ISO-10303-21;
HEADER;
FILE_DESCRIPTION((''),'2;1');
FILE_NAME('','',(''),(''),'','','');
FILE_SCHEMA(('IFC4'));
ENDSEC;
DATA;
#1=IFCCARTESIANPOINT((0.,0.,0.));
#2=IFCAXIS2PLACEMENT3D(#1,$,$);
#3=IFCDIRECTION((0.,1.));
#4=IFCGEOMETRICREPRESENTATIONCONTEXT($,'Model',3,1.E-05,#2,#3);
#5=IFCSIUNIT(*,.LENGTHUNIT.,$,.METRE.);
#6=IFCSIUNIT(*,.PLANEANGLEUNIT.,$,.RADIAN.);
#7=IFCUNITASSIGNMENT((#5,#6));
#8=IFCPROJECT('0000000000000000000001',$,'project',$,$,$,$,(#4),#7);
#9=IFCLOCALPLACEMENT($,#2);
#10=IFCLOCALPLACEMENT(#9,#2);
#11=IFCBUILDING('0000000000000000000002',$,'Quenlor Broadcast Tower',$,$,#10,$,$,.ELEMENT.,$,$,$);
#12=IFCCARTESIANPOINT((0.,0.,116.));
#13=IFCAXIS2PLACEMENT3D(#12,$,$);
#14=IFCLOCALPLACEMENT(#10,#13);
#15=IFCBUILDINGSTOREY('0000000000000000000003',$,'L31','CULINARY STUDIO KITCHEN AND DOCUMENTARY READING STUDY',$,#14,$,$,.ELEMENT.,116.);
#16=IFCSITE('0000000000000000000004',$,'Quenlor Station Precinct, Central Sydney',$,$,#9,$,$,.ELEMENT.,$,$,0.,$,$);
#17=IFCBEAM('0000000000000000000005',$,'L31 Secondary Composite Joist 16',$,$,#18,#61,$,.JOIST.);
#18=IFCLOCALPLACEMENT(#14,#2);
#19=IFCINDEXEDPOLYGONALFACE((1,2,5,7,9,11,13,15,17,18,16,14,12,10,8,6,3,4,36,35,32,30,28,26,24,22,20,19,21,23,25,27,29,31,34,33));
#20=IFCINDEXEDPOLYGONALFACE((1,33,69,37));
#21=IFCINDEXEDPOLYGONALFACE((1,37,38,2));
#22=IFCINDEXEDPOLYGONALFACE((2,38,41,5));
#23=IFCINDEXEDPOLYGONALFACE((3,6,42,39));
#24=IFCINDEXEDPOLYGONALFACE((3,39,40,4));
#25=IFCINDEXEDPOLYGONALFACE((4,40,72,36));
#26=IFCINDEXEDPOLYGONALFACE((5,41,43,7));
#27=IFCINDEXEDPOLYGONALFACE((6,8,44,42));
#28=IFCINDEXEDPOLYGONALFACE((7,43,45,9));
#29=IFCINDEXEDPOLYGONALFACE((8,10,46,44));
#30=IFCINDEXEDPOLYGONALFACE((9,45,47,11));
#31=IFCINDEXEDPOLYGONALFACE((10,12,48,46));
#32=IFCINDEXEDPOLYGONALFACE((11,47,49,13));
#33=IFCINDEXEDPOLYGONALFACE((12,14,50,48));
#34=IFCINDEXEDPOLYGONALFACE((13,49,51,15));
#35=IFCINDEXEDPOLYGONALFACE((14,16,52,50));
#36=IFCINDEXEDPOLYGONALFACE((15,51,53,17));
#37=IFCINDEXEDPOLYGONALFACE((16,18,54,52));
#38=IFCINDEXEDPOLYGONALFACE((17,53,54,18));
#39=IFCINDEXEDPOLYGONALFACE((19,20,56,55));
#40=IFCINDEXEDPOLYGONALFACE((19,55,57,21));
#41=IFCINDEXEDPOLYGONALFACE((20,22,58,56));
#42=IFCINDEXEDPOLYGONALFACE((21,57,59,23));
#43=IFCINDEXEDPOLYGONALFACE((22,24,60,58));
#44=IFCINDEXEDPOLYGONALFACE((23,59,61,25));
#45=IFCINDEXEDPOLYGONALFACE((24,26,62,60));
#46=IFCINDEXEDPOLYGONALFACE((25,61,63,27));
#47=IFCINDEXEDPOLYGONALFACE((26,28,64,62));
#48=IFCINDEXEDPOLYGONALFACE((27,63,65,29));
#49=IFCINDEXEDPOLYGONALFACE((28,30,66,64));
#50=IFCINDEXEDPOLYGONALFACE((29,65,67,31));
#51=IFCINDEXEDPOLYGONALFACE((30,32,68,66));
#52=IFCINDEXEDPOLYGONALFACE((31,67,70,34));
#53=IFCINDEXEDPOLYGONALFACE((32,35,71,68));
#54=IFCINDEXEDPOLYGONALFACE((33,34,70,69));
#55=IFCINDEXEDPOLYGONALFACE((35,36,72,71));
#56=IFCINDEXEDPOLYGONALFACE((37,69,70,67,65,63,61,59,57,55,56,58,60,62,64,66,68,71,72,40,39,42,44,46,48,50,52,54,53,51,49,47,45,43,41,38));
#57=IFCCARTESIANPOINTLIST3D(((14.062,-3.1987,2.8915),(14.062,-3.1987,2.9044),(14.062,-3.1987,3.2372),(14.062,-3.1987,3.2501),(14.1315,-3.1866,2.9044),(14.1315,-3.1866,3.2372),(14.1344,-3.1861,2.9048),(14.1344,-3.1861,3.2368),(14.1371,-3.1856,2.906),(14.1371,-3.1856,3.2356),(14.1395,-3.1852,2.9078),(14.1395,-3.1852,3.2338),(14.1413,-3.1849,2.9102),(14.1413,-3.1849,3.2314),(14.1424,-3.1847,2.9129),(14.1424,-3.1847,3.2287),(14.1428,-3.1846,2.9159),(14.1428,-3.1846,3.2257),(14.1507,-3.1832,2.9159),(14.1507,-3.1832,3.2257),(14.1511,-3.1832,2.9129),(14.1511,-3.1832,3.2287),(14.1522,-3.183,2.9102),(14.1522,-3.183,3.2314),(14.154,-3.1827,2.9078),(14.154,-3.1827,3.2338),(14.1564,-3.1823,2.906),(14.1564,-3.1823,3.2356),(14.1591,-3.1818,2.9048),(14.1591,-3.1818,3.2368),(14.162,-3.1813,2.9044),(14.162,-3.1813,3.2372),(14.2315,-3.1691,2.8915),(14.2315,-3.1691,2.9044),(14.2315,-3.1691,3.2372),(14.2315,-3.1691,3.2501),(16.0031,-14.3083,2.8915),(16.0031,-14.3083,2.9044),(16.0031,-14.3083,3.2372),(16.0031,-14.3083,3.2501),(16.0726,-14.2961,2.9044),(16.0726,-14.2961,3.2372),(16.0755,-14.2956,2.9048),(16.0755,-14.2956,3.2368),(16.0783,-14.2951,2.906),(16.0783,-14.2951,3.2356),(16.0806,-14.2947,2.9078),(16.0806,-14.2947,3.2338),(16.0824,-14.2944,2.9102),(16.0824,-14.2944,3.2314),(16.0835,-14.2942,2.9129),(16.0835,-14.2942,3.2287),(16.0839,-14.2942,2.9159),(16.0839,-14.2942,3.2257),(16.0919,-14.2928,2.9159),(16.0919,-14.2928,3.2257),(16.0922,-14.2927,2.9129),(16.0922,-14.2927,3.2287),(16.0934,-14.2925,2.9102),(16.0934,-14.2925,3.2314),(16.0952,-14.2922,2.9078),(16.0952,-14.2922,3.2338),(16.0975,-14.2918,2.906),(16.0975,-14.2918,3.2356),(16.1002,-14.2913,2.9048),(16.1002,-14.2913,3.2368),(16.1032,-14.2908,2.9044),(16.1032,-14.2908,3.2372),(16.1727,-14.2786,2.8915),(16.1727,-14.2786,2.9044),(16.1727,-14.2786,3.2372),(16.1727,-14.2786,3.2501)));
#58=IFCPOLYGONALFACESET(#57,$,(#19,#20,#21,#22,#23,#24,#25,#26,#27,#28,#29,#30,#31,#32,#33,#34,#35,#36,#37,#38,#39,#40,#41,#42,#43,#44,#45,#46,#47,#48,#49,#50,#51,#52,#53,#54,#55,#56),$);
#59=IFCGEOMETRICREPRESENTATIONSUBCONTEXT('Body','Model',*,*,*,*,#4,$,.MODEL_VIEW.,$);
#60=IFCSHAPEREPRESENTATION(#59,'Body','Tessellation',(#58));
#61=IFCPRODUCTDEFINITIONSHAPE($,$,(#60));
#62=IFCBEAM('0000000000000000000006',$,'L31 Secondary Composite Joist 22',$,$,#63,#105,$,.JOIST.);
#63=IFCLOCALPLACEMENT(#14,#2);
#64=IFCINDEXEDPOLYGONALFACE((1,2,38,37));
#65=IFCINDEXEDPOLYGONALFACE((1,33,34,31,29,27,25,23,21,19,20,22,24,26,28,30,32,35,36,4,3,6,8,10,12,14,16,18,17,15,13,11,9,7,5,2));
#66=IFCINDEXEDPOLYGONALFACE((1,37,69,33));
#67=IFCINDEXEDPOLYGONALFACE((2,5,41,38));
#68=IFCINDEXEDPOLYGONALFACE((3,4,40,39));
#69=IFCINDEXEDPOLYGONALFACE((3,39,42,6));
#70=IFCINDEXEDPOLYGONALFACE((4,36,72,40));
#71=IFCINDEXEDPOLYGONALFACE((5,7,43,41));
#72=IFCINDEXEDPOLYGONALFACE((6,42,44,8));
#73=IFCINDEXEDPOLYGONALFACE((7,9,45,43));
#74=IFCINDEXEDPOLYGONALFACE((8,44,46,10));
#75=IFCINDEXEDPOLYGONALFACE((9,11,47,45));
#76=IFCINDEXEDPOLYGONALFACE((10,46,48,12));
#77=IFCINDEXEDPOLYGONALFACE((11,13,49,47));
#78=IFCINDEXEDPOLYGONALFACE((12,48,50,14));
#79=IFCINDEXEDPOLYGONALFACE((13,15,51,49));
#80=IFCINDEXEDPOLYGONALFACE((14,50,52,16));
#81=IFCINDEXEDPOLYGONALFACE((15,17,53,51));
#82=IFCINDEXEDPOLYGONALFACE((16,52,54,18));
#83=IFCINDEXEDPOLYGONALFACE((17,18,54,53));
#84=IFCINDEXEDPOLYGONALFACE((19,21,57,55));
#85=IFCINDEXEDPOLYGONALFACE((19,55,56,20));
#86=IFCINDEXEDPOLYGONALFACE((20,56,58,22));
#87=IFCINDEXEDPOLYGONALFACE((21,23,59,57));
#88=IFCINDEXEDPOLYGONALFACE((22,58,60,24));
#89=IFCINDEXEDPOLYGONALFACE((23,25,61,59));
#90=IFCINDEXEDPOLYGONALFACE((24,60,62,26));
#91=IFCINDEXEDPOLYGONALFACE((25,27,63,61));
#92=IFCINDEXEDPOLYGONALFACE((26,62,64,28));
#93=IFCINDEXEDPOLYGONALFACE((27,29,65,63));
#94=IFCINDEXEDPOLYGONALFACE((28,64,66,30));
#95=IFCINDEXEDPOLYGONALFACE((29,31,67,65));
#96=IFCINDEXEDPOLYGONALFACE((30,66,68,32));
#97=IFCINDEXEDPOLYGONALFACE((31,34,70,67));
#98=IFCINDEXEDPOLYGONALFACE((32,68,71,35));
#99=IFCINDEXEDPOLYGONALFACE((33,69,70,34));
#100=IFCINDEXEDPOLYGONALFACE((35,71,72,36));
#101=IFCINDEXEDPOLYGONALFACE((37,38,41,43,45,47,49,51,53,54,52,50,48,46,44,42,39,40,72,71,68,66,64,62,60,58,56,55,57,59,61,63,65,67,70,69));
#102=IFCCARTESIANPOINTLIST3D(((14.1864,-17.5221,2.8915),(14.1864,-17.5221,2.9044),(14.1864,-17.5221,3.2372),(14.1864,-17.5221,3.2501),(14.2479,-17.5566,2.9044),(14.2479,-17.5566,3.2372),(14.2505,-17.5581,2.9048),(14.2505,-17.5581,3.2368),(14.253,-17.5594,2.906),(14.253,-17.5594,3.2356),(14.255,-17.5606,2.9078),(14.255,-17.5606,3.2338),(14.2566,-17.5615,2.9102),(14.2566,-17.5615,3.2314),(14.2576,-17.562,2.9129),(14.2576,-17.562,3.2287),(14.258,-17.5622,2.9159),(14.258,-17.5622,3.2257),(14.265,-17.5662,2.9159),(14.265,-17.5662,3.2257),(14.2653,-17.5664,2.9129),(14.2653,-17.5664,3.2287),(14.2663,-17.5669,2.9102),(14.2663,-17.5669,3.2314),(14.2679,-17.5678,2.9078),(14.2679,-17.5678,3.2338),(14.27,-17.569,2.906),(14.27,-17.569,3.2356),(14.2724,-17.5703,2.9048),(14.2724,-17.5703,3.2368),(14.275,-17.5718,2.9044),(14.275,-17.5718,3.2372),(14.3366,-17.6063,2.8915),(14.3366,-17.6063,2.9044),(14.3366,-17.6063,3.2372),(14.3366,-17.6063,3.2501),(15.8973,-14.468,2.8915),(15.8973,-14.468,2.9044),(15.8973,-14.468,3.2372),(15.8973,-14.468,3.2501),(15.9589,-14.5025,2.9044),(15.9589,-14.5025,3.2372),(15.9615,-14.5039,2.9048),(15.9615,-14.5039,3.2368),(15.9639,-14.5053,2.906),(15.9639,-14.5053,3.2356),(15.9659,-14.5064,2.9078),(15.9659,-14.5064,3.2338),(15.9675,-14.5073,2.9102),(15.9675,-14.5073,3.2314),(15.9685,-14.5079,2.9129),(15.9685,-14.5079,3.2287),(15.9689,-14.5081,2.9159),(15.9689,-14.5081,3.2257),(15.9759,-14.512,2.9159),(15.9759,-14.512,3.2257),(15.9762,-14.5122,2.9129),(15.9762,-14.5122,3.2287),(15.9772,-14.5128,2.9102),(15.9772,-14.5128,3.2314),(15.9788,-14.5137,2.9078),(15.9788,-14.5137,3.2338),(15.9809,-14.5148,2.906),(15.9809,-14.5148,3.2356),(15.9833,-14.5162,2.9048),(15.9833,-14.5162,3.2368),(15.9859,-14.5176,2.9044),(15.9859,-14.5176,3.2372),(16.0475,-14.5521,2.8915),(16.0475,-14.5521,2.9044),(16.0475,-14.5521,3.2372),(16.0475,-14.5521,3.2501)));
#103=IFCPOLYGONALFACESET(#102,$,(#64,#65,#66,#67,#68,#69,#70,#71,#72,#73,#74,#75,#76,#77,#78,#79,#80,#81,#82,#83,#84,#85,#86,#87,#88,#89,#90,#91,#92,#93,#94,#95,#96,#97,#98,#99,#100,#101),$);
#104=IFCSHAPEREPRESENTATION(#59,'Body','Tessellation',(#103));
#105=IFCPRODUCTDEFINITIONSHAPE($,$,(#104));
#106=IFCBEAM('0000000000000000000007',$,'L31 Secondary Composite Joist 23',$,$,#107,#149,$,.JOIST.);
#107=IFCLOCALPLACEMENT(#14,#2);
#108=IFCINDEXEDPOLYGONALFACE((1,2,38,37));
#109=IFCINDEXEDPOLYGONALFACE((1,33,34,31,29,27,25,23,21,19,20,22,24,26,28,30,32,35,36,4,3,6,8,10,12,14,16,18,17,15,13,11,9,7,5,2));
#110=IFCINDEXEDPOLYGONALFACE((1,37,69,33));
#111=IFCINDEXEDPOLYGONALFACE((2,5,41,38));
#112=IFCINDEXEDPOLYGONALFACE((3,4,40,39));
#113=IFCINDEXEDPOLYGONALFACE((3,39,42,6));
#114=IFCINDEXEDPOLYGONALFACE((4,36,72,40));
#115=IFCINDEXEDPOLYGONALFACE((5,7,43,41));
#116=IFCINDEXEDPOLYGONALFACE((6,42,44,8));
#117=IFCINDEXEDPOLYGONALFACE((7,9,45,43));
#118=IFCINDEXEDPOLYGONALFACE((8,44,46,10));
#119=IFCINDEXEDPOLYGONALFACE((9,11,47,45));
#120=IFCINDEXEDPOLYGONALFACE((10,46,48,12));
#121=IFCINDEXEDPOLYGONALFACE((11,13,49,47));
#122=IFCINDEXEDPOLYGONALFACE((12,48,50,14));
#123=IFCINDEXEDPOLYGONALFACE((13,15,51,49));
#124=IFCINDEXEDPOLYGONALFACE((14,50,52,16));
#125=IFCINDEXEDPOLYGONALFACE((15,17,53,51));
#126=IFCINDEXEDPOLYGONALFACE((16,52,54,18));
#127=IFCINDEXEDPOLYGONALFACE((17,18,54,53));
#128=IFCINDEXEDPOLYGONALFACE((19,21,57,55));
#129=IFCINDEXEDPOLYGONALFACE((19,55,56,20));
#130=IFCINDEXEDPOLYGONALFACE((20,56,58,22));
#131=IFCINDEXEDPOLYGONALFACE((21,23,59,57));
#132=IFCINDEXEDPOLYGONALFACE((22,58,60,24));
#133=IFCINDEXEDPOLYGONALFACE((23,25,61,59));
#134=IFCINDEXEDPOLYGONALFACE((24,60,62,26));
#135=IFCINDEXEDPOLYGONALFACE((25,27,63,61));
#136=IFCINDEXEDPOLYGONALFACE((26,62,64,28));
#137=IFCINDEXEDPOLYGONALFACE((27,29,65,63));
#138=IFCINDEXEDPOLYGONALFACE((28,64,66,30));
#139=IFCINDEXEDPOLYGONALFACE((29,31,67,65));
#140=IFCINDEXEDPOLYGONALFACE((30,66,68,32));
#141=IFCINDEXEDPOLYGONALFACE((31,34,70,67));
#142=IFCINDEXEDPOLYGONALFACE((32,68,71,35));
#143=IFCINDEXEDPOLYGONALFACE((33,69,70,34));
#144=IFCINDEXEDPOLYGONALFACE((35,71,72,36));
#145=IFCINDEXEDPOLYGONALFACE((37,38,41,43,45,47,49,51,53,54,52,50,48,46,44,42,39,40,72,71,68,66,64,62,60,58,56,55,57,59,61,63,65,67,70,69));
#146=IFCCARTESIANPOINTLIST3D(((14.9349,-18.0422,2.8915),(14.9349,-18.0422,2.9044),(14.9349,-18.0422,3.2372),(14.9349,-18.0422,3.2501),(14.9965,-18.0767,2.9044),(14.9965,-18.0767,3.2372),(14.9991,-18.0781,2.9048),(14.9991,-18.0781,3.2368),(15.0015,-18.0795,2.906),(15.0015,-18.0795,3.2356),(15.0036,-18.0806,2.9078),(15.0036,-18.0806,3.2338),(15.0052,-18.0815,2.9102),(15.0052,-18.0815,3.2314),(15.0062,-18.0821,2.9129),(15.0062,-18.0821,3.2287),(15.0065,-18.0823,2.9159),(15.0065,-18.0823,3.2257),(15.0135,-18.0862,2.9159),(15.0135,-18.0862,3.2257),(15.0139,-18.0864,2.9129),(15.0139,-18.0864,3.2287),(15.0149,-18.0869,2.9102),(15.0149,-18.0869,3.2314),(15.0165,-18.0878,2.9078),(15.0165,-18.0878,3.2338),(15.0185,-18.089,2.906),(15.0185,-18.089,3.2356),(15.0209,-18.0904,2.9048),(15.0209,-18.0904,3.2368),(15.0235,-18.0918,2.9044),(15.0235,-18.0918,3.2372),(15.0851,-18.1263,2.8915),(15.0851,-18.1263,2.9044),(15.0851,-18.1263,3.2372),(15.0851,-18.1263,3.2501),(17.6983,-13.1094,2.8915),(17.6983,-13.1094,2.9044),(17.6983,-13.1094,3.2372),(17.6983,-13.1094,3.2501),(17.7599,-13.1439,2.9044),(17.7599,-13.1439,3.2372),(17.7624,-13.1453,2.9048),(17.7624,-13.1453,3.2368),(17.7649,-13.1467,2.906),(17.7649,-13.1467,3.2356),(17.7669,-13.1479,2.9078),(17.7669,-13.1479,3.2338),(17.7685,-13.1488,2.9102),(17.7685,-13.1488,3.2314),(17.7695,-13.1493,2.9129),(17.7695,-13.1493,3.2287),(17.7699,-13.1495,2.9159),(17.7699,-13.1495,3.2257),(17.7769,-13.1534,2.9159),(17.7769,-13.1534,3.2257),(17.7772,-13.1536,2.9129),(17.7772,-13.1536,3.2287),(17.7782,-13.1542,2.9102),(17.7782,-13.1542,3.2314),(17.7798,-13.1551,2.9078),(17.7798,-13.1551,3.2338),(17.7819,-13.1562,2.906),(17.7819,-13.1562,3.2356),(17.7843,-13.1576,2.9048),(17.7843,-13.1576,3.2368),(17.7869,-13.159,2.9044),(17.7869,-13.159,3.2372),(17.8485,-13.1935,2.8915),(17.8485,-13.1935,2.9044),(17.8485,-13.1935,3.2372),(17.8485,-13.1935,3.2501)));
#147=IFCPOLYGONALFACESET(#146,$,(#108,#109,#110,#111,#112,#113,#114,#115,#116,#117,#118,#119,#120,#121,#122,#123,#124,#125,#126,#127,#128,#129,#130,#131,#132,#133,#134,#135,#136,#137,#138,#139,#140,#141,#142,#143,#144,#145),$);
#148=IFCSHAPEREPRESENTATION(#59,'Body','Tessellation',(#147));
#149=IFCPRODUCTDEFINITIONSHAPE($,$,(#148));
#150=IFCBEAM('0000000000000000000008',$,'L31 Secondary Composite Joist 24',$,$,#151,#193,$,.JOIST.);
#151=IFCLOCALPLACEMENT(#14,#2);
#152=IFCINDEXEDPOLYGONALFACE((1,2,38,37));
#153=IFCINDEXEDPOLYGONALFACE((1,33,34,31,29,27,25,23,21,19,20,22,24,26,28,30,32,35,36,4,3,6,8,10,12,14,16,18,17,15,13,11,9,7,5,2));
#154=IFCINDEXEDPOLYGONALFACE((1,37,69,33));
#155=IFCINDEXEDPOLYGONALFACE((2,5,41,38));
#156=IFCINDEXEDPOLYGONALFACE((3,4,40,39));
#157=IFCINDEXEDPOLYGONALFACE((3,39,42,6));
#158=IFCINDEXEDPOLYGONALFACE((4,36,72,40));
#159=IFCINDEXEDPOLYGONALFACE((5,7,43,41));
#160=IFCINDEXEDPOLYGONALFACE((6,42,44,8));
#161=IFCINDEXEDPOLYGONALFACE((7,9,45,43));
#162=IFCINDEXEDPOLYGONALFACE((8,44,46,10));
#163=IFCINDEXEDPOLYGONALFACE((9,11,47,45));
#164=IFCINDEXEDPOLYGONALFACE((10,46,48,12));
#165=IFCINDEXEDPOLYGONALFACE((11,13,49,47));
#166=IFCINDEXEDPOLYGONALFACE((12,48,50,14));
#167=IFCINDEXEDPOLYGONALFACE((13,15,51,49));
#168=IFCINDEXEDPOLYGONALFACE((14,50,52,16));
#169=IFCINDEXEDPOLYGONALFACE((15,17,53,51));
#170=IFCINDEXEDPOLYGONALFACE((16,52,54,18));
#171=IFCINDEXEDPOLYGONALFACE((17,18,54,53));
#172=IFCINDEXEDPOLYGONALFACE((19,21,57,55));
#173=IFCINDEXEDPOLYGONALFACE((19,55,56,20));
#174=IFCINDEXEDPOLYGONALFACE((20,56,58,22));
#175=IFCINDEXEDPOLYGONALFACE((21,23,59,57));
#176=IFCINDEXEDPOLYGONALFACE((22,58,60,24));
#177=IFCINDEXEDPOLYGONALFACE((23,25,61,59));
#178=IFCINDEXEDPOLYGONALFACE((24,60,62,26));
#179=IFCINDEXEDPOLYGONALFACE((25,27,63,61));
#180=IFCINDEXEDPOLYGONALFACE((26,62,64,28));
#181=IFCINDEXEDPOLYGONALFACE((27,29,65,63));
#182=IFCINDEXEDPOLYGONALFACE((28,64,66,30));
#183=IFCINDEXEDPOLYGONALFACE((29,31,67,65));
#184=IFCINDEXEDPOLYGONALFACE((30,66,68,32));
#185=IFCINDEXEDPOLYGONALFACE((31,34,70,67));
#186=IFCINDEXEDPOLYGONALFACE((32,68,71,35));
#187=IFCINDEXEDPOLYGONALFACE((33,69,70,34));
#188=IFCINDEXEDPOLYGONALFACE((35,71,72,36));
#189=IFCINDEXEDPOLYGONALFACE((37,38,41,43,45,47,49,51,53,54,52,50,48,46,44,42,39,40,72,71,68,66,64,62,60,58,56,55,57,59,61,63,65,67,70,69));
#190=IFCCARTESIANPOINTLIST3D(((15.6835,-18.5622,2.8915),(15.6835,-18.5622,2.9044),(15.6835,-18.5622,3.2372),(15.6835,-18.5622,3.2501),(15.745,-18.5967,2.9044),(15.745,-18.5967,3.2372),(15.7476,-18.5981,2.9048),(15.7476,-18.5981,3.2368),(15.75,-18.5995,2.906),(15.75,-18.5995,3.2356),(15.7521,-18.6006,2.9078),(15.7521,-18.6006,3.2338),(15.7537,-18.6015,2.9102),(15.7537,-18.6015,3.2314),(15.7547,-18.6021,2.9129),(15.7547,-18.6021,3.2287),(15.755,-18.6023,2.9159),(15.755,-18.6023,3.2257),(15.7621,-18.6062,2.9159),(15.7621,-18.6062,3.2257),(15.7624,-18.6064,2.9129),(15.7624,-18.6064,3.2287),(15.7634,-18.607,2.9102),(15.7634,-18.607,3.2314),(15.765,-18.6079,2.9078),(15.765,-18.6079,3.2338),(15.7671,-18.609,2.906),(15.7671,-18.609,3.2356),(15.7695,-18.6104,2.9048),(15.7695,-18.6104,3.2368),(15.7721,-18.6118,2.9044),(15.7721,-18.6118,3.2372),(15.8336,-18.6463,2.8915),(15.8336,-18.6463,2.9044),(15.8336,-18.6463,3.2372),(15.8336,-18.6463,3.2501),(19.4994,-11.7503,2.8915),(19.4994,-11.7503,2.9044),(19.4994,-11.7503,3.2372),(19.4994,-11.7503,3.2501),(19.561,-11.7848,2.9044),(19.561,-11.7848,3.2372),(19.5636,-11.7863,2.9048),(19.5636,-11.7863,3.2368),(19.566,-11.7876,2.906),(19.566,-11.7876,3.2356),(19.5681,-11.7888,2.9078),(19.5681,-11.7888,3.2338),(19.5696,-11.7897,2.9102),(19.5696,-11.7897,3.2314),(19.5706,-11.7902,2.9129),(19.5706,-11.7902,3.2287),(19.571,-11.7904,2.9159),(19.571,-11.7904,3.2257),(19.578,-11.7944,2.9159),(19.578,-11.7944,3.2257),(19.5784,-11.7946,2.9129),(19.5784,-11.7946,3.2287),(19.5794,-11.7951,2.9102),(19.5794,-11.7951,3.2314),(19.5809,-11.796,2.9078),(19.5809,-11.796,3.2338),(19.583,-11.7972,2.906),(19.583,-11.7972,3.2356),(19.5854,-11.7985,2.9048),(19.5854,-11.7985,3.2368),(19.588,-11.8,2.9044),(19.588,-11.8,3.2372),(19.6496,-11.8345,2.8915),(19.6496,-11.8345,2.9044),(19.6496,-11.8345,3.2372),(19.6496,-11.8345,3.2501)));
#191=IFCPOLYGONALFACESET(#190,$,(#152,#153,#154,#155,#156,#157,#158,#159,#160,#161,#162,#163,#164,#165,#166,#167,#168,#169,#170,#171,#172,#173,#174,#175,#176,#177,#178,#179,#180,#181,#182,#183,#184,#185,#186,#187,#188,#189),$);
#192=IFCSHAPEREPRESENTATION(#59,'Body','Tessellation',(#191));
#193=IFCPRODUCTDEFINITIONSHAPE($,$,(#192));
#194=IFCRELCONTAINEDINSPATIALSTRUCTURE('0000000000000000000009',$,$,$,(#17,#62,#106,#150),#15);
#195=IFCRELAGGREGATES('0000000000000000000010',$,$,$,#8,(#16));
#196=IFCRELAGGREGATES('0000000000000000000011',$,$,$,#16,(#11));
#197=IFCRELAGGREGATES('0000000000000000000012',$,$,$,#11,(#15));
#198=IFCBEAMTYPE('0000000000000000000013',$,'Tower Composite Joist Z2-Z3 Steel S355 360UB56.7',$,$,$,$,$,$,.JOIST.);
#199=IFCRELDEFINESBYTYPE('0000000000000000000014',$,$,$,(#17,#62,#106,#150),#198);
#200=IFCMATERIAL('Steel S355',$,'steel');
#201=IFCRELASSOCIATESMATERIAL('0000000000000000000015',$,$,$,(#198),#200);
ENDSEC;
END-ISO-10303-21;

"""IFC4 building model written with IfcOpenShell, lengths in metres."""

from ifc_helpers import new_model, si_unit, direction, frame, origin, origin_2d, place, context, subcontext, project, spatial, i_section, extrude, material, material_profile, profile_set, type_object, element, save


model = new_model("IFC4")

# Units and contexts
model_context = context("Model", 3, precision=1e-05, world=origin(), true_north=direction((0.0, 1.0)))
body_context = subcontext(model_context, "Body", "Model", "MODEL_VIEW")
ifc_project = project(units=[si_unit("LENGTHUNIT", "METRE"), si_unit("PLANEANGLEUNIT", "RADIAN")], contexts=[model_context])

# Site, building, storey
site_placement = place(None, origin())
site = spatial("IfcSite", under=ifc_project, at=site_placement, Name="Quenlor Station Precinct, Central Sydney", CompositionType="ELEMENT", RefElevation=0.0)
building_placement = place(site_placement, origin())
building = spatial("IfcBuilding", under=site, at=building_placement, Name="Quenlor Broadcast Tower", CompositionType="ELEMENT")
storey_placement = place(building_placement, frame((0.0, 0.0, 116.0)))
storey = spatial("IfcBuildingStorey", under=building, at=storey_placement, Name="L31", Description="CULINARY STUDIO KITCHEN AND DOCUMENTARY READING STUDY", CompositionType="ELEMENT", Elevation=116.0)

# Beams
ifc_material_1 = material(Name="Steel S355", Category="steel")
ifc_material_profile_1 = material_profile(ifc_material_1, i_section(OverallWidth=0.1721, OverallDepth=0.3586, WebThickness=0.0081, FlangeThickness=0.0129, FilletRadius=0.0115, at=origin_2d()))
ifc_profile_set_1 = profile_set([ifc_material_profile_1], Name="Steel S355 360UB56.7")
beam_type_1 = type_object("IfcBeamType", Name="Tower Composite Joist Z2-Z3 Steel S355 360UB56.7", PredefinedType="JOIST", material=ifc_profile_set_1)
beam_1_placement = place(storey_placement, frame((16.0879, -14.2935, 3.0708), z_axis=(-0.17212, 0.985076, 0.0), x_axis=(-0.985076, -0.17212, 0.0)))
element("IfcBeam", 1, at=beam_1_placement, inside=storey, type_object=beam_type_1, Name="L31 Secondary Composite Joist 16", PredefinedType="JOIST", context=body_context, shape_type="SweptSolid", body=[
    extrude(i_section(OverallWidth=0.1721, OverallDepth=0.3586, WebThickness=0.0081, FlangeThickness=0.0129, FilletRadius=0.0115, at=origin_2d()), origin(), (0.0, 0.0, 1.0), 11.2778),
])
beam_2_placement = place(storey_placement, frame((14.2615, -17.5642, 3.0708), z_axis=(0.488731, 0.872435, 0.0), x_axis=(-0.872435, 0.488731, 0.0)))
element("IfcBeam", 2, at=beam_2_placement, inside=storey, type_object=beam_type_1, Name="L31 Secondary Composite Joist 22", PredefinedType="JOIST", context=body_context, shape_type="SweptSolid", body=[
    extrude(i_section(OverallWidth=0.1721, OverallDepth=0.3586, WebThickness=0.0081, FlangeThickness=0.0129, FilletRadius=0.0115, at=origin_2d()), origin(), (0.0, 0.0, 1.0), 3.5007),
])
beam_3_placement = place(storey_placement, frame((15.01, -18.0842, 3.0708), z_axis=(0.488741, 0.872429, 0.0), x_axis=(-0.872429, 0.488741, 0.0)))
element("IfcBeam", 3, at=beam_3_placement, inside=storey, type_object=beam_type_1, Name="L31 Secondary Composite Joist 23", PredefinedType="JOIST", context=body_context, shape_type="SweptSolid", body=[
    extrude(i_section(OverallWidth=0.1721, OverallDepth=0.3586, WebThickness=0.0081, FlangeThickness=0.0129, FilletRadius=0.0115, at=origin_2d()), origin(), (0.0, 0.0, 1.0), 5.6541),
])
beam_4_placement = place(storey_placement, frame((15.7585, -18.6042, 3.0708), z_axis=(0.488733, 0.872433, 0.0), x_axis=(-0.872433, 0.488733, 0.0)))
element("IfcBeam", 4, at=beam_4_placement, inside=storey, type_object=beam_type_1, Name="L31 Secondary Composite Joist 24", PredefinedType="JOIST", context=body_context, shape_type="SweptSolid", body=[
    extrude(i_section(OverallWidth=0.1721, OverallDepth=0.3586, WebThickness=0.0081, FlangeThickness=0.0129, FilletRadius=0.0115, at=origin_2d()), origin(), (0.0, 0.0, 1.0), 7.8079),
])

save(model, "model.ifc")
